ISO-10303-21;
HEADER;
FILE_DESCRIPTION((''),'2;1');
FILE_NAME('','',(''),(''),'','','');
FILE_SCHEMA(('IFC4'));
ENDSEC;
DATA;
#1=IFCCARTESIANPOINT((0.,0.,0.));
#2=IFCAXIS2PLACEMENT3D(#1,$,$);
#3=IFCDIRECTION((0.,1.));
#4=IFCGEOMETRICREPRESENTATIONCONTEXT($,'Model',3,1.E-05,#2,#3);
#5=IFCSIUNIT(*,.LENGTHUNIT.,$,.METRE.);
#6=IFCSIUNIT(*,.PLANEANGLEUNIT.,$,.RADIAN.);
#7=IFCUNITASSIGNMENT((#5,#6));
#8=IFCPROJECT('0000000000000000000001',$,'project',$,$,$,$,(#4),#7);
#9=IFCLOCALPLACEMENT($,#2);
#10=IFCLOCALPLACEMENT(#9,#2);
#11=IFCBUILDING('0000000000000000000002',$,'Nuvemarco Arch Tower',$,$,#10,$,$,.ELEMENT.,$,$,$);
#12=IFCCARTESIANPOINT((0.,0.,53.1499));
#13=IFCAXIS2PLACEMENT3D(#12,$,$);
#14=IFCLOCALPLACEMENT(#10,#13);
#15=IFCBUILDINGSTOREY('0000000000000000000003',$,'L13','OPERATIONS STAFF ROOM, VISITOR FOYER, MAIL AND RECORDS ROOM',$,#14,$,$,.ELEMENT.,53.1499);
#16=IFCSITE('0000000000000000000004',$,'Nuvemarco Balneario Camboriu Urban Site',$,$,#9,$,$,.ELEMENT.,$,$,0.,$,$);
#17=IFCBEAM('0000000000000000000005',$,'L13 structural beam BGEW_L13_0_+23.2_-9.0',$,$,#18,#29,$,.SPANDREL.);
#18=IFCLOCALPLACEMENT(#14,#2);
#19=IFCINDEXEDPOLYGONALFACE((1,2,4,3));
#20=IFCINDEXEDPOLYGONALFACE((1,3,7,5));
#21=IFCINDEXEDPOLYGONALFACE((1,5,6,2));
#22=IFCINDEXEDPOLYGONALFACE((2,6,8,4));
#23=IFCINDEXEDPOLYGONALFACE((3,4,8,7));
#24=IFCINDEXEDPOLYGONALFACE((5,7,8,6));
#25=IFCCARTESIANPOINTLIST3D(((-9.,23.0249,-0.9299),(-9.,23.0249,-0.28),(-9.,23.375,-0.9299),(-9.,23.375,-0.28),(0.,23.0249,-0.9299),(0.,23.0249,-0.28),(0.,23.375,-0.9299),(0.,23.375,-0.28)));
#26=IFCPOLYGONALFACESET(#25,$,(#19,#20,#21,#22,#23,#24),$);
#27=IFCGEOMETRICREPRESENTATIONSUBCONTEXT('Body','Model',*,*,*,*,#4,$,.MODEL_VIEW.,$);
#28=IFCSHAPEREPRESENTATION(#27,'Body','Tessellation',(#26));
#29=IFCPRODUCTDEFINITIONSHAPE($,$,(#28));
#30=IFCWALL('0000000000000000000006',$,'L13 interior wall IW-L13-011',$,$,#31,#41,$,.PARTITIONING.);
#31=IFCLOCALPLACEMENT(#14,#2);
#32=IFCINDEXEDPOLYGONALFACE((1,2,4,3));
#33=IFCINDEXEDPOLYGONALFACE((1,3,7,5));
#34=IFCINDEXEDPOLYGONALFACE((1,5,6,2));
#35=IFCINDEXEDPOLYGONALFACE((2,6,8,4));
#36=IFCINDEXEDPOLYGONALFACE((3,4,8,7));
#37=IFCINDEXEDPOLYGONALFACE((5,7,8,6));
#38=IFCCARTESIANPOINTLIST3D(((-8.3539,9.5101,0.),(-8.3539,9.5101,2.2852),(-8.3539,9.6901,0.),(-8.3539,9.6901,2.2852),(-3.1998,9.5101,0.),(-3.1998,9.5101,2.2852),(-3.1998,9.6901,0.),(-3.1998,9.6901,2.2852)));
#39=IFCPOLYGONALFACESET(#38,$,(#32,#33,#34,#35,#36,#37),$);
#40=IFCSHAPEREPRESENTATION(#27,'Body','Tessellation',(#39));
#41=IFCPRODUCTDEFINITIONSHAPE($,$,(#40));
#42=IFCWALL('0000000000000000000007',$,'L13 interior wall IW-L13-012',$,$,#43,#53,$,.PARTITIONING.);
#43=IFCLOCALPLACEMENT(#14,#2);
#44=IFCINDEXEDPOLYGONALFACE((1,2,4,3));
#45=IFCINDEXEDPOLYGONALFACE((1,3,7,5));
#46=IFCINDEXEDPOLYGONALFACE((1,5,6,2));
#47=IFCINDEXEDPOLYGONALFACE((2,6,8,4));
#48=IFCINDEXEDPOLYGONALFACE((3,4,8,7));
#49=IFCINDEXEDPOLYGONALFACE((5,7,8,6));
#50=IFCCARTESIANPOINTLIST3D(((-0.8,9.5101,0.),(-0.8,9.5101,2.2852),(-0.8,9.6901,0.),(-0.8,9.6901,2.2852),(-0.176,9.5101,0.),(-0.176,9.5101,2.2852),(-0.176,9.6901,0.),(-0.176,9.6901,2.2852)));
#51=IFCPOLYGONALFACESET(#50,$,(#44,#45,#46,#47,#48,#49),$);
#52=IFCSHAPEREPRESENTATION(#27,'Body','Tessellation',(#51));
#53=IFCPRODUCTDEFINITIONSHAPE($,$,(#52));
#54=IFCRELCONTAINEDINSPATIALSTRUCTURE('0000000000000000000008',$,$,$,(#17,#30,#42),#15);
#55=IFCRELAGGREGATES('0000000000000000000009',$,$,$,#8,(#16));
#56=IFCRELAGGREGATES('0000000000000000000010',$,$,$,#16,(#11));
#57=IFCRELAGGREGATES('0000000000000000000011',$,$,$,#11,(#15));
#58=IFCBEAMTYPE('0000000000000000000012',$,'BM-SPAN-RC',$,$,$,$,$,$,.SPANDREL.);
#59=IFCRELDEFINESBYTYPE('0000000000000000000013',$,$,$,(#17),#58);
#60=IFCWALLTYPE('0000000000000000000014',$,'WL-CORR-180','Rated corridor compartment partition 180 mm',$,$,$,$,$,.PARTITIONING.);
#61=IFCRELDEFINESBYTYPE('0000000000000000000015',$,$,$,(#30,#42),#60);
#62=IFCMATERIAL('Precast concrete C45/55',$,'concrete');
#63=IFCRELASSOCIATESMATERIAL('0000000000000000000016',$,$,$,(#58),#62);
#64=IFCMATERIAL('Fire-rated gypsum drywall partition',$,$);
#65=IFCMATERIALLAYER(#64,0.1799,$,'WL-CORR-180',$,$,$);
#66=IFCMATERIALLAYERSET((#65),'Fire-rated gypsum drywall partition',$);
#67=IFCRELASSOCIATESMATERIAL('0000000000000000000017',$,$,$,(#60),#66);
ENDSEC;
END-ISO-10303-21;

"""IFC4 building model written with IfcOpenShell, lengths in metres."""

from ifc_helpers import new_model, si_unit, direction, frame, frame_2d, origin, origin_2d, place, context, subcontext, project, spatial, rectangle, extrude, material, layer, layer_set, material_profile, profile_set, type_object, element, save


model = new_model("IFC4")

# Units and contexts
model_context = context("Model", 3, precision=1e-05, world=origin(), true_north=direction((0.0, 1.0)))
body_context = subcontext(model_context, "Body", "Model", "MODEL_VIEW")
ifc_project = project(units=[si_unit("LENGTHUNIT", "METRE"), si_unit("PLANEANGLEUNIT", "RADIAN")], contexts=[model_context])

# Site, building, storey
site_placement = place(None, origin())
site = spatial("IfcSite", under=ifc_project, at=site_placement, Name="Nuvemarco Balneario Camboriu Urban Site", CompositionType="ELEMENT", RefElevation=0.0)
building_placement = place(site_placement, origin())
building = spatial("IfcBuilding", under=site, at=building_placement, Name="Nuvemarco Arch Tower", CompositionType="ELEMENT")
storey_placement = place(building_placement, frame((0.0, 0.0, 53.1499)))
storey = spatial("IfcBuildingStorey", under=building, at=storey_placement, Name="L13", Description="OPERATIONS STAFF ROOM, VISITOR FOYER, MAIL AND RECORDS ROOM", CompositionType="ELEMENT", Elevation=53.1499)

# Beam
ifc_material_1 = material(Name="Precast concrete C45/55", Category="concrete")
ifc_material_profile_1 = material_profile(ifc_material_1, rectangle(XDim=0.3501, YDim=0.6499, at=origin_2d()), Name="PC-SP-350x650")
ifc_profile_set_1 = profile_set([ifc_material_profile_1], Name="Precast concrete C45/55")
beam_type_1 = type_object("IfcBeamType", Name="BM-SPAN-RC", PredefinedType="SPANDREL", material=ifc_profile_set_1)
beam_1_placement = place(storey_placement, frame((-9.0, 23.2, -0.605), z_axis=(1.0, 0.0, 0.0), x_axis=(0.0, 1.0, 0.0)))
element("IfcBeam", 1, at=beam_1_placement, inside=storey, type_object=beam_type_1, Name="L13 structural beam BGEW_L13_0_+23.2_-9.0", PredefinedType="SPANDREL", context=body_context, shape_type="SweptSolid", body=[
    extrude(rectangle(XDim=0.3501, YDim=0.6499, at=origin_2d()), origin(), (0.0, 0.0, 1.0), 9.0),
])

# Walls
ifc_material_2 = material(Name="Fire-rated gypsum drywall partition")
ifc_layer_1 = layer(ifc_material_2, 0.1799, Name="WL-CORR-180")
ifc_layer_set_1 = layer_set([ifc_layer_1], Name="Fire-rated gypsum drywall partition")
wall_type_1 = type_object("IfcWallType", Name="WL-CORR-180", Description="Rated corridor compartment partition 180 mm", PredefinedType="PARTITIONING", material=ifc_layer_set_1)
wall_1_placement = place(storey_placement, frame((-8.354, 9.6001, 0.0), z_axis=(0.0, 0.0, 1.0), x_axis=(1.0, 0.0, 0.0)))
element("IfcWall", 2, at=wall_1_placement, inside=storey, type_object=wall_type_1, Name="L13 interior wall IW-L13-011", PredefinedType="PARTITIONING", context=body_context, shape_type="SweptSolid", body=[
    extrude(rectangle(XDim=5.1541, YDim=0.1799, at=frame_2d((2.5771, 0.0))), origin(), (0.0, 0.0, 1.0), 2.2852),
])
wall_2_placement = place(storey_placement, frame((-0.8, 9.6001, 0.0), z_axis=(0.0, 0.0, 1.0), x_axis=(1.0, 0.0, 0.0)))
element("IfcWall", 3, at=wall_2_placement, inside=storey, type_object=wall_type_1, Name="L13 interior wall IW-L13-012", PredefinedType="PARTITIONING", context=body_context, shape_type="SweptSolid", body=[
    extrude(rectangle(XDim=0.624, YDim=0.1799, at=frame_2d((0.312, 0.0))), origin(), (0.0, 0.0, 1.0), 2.2852),
])

save(model, "model.ifc")
